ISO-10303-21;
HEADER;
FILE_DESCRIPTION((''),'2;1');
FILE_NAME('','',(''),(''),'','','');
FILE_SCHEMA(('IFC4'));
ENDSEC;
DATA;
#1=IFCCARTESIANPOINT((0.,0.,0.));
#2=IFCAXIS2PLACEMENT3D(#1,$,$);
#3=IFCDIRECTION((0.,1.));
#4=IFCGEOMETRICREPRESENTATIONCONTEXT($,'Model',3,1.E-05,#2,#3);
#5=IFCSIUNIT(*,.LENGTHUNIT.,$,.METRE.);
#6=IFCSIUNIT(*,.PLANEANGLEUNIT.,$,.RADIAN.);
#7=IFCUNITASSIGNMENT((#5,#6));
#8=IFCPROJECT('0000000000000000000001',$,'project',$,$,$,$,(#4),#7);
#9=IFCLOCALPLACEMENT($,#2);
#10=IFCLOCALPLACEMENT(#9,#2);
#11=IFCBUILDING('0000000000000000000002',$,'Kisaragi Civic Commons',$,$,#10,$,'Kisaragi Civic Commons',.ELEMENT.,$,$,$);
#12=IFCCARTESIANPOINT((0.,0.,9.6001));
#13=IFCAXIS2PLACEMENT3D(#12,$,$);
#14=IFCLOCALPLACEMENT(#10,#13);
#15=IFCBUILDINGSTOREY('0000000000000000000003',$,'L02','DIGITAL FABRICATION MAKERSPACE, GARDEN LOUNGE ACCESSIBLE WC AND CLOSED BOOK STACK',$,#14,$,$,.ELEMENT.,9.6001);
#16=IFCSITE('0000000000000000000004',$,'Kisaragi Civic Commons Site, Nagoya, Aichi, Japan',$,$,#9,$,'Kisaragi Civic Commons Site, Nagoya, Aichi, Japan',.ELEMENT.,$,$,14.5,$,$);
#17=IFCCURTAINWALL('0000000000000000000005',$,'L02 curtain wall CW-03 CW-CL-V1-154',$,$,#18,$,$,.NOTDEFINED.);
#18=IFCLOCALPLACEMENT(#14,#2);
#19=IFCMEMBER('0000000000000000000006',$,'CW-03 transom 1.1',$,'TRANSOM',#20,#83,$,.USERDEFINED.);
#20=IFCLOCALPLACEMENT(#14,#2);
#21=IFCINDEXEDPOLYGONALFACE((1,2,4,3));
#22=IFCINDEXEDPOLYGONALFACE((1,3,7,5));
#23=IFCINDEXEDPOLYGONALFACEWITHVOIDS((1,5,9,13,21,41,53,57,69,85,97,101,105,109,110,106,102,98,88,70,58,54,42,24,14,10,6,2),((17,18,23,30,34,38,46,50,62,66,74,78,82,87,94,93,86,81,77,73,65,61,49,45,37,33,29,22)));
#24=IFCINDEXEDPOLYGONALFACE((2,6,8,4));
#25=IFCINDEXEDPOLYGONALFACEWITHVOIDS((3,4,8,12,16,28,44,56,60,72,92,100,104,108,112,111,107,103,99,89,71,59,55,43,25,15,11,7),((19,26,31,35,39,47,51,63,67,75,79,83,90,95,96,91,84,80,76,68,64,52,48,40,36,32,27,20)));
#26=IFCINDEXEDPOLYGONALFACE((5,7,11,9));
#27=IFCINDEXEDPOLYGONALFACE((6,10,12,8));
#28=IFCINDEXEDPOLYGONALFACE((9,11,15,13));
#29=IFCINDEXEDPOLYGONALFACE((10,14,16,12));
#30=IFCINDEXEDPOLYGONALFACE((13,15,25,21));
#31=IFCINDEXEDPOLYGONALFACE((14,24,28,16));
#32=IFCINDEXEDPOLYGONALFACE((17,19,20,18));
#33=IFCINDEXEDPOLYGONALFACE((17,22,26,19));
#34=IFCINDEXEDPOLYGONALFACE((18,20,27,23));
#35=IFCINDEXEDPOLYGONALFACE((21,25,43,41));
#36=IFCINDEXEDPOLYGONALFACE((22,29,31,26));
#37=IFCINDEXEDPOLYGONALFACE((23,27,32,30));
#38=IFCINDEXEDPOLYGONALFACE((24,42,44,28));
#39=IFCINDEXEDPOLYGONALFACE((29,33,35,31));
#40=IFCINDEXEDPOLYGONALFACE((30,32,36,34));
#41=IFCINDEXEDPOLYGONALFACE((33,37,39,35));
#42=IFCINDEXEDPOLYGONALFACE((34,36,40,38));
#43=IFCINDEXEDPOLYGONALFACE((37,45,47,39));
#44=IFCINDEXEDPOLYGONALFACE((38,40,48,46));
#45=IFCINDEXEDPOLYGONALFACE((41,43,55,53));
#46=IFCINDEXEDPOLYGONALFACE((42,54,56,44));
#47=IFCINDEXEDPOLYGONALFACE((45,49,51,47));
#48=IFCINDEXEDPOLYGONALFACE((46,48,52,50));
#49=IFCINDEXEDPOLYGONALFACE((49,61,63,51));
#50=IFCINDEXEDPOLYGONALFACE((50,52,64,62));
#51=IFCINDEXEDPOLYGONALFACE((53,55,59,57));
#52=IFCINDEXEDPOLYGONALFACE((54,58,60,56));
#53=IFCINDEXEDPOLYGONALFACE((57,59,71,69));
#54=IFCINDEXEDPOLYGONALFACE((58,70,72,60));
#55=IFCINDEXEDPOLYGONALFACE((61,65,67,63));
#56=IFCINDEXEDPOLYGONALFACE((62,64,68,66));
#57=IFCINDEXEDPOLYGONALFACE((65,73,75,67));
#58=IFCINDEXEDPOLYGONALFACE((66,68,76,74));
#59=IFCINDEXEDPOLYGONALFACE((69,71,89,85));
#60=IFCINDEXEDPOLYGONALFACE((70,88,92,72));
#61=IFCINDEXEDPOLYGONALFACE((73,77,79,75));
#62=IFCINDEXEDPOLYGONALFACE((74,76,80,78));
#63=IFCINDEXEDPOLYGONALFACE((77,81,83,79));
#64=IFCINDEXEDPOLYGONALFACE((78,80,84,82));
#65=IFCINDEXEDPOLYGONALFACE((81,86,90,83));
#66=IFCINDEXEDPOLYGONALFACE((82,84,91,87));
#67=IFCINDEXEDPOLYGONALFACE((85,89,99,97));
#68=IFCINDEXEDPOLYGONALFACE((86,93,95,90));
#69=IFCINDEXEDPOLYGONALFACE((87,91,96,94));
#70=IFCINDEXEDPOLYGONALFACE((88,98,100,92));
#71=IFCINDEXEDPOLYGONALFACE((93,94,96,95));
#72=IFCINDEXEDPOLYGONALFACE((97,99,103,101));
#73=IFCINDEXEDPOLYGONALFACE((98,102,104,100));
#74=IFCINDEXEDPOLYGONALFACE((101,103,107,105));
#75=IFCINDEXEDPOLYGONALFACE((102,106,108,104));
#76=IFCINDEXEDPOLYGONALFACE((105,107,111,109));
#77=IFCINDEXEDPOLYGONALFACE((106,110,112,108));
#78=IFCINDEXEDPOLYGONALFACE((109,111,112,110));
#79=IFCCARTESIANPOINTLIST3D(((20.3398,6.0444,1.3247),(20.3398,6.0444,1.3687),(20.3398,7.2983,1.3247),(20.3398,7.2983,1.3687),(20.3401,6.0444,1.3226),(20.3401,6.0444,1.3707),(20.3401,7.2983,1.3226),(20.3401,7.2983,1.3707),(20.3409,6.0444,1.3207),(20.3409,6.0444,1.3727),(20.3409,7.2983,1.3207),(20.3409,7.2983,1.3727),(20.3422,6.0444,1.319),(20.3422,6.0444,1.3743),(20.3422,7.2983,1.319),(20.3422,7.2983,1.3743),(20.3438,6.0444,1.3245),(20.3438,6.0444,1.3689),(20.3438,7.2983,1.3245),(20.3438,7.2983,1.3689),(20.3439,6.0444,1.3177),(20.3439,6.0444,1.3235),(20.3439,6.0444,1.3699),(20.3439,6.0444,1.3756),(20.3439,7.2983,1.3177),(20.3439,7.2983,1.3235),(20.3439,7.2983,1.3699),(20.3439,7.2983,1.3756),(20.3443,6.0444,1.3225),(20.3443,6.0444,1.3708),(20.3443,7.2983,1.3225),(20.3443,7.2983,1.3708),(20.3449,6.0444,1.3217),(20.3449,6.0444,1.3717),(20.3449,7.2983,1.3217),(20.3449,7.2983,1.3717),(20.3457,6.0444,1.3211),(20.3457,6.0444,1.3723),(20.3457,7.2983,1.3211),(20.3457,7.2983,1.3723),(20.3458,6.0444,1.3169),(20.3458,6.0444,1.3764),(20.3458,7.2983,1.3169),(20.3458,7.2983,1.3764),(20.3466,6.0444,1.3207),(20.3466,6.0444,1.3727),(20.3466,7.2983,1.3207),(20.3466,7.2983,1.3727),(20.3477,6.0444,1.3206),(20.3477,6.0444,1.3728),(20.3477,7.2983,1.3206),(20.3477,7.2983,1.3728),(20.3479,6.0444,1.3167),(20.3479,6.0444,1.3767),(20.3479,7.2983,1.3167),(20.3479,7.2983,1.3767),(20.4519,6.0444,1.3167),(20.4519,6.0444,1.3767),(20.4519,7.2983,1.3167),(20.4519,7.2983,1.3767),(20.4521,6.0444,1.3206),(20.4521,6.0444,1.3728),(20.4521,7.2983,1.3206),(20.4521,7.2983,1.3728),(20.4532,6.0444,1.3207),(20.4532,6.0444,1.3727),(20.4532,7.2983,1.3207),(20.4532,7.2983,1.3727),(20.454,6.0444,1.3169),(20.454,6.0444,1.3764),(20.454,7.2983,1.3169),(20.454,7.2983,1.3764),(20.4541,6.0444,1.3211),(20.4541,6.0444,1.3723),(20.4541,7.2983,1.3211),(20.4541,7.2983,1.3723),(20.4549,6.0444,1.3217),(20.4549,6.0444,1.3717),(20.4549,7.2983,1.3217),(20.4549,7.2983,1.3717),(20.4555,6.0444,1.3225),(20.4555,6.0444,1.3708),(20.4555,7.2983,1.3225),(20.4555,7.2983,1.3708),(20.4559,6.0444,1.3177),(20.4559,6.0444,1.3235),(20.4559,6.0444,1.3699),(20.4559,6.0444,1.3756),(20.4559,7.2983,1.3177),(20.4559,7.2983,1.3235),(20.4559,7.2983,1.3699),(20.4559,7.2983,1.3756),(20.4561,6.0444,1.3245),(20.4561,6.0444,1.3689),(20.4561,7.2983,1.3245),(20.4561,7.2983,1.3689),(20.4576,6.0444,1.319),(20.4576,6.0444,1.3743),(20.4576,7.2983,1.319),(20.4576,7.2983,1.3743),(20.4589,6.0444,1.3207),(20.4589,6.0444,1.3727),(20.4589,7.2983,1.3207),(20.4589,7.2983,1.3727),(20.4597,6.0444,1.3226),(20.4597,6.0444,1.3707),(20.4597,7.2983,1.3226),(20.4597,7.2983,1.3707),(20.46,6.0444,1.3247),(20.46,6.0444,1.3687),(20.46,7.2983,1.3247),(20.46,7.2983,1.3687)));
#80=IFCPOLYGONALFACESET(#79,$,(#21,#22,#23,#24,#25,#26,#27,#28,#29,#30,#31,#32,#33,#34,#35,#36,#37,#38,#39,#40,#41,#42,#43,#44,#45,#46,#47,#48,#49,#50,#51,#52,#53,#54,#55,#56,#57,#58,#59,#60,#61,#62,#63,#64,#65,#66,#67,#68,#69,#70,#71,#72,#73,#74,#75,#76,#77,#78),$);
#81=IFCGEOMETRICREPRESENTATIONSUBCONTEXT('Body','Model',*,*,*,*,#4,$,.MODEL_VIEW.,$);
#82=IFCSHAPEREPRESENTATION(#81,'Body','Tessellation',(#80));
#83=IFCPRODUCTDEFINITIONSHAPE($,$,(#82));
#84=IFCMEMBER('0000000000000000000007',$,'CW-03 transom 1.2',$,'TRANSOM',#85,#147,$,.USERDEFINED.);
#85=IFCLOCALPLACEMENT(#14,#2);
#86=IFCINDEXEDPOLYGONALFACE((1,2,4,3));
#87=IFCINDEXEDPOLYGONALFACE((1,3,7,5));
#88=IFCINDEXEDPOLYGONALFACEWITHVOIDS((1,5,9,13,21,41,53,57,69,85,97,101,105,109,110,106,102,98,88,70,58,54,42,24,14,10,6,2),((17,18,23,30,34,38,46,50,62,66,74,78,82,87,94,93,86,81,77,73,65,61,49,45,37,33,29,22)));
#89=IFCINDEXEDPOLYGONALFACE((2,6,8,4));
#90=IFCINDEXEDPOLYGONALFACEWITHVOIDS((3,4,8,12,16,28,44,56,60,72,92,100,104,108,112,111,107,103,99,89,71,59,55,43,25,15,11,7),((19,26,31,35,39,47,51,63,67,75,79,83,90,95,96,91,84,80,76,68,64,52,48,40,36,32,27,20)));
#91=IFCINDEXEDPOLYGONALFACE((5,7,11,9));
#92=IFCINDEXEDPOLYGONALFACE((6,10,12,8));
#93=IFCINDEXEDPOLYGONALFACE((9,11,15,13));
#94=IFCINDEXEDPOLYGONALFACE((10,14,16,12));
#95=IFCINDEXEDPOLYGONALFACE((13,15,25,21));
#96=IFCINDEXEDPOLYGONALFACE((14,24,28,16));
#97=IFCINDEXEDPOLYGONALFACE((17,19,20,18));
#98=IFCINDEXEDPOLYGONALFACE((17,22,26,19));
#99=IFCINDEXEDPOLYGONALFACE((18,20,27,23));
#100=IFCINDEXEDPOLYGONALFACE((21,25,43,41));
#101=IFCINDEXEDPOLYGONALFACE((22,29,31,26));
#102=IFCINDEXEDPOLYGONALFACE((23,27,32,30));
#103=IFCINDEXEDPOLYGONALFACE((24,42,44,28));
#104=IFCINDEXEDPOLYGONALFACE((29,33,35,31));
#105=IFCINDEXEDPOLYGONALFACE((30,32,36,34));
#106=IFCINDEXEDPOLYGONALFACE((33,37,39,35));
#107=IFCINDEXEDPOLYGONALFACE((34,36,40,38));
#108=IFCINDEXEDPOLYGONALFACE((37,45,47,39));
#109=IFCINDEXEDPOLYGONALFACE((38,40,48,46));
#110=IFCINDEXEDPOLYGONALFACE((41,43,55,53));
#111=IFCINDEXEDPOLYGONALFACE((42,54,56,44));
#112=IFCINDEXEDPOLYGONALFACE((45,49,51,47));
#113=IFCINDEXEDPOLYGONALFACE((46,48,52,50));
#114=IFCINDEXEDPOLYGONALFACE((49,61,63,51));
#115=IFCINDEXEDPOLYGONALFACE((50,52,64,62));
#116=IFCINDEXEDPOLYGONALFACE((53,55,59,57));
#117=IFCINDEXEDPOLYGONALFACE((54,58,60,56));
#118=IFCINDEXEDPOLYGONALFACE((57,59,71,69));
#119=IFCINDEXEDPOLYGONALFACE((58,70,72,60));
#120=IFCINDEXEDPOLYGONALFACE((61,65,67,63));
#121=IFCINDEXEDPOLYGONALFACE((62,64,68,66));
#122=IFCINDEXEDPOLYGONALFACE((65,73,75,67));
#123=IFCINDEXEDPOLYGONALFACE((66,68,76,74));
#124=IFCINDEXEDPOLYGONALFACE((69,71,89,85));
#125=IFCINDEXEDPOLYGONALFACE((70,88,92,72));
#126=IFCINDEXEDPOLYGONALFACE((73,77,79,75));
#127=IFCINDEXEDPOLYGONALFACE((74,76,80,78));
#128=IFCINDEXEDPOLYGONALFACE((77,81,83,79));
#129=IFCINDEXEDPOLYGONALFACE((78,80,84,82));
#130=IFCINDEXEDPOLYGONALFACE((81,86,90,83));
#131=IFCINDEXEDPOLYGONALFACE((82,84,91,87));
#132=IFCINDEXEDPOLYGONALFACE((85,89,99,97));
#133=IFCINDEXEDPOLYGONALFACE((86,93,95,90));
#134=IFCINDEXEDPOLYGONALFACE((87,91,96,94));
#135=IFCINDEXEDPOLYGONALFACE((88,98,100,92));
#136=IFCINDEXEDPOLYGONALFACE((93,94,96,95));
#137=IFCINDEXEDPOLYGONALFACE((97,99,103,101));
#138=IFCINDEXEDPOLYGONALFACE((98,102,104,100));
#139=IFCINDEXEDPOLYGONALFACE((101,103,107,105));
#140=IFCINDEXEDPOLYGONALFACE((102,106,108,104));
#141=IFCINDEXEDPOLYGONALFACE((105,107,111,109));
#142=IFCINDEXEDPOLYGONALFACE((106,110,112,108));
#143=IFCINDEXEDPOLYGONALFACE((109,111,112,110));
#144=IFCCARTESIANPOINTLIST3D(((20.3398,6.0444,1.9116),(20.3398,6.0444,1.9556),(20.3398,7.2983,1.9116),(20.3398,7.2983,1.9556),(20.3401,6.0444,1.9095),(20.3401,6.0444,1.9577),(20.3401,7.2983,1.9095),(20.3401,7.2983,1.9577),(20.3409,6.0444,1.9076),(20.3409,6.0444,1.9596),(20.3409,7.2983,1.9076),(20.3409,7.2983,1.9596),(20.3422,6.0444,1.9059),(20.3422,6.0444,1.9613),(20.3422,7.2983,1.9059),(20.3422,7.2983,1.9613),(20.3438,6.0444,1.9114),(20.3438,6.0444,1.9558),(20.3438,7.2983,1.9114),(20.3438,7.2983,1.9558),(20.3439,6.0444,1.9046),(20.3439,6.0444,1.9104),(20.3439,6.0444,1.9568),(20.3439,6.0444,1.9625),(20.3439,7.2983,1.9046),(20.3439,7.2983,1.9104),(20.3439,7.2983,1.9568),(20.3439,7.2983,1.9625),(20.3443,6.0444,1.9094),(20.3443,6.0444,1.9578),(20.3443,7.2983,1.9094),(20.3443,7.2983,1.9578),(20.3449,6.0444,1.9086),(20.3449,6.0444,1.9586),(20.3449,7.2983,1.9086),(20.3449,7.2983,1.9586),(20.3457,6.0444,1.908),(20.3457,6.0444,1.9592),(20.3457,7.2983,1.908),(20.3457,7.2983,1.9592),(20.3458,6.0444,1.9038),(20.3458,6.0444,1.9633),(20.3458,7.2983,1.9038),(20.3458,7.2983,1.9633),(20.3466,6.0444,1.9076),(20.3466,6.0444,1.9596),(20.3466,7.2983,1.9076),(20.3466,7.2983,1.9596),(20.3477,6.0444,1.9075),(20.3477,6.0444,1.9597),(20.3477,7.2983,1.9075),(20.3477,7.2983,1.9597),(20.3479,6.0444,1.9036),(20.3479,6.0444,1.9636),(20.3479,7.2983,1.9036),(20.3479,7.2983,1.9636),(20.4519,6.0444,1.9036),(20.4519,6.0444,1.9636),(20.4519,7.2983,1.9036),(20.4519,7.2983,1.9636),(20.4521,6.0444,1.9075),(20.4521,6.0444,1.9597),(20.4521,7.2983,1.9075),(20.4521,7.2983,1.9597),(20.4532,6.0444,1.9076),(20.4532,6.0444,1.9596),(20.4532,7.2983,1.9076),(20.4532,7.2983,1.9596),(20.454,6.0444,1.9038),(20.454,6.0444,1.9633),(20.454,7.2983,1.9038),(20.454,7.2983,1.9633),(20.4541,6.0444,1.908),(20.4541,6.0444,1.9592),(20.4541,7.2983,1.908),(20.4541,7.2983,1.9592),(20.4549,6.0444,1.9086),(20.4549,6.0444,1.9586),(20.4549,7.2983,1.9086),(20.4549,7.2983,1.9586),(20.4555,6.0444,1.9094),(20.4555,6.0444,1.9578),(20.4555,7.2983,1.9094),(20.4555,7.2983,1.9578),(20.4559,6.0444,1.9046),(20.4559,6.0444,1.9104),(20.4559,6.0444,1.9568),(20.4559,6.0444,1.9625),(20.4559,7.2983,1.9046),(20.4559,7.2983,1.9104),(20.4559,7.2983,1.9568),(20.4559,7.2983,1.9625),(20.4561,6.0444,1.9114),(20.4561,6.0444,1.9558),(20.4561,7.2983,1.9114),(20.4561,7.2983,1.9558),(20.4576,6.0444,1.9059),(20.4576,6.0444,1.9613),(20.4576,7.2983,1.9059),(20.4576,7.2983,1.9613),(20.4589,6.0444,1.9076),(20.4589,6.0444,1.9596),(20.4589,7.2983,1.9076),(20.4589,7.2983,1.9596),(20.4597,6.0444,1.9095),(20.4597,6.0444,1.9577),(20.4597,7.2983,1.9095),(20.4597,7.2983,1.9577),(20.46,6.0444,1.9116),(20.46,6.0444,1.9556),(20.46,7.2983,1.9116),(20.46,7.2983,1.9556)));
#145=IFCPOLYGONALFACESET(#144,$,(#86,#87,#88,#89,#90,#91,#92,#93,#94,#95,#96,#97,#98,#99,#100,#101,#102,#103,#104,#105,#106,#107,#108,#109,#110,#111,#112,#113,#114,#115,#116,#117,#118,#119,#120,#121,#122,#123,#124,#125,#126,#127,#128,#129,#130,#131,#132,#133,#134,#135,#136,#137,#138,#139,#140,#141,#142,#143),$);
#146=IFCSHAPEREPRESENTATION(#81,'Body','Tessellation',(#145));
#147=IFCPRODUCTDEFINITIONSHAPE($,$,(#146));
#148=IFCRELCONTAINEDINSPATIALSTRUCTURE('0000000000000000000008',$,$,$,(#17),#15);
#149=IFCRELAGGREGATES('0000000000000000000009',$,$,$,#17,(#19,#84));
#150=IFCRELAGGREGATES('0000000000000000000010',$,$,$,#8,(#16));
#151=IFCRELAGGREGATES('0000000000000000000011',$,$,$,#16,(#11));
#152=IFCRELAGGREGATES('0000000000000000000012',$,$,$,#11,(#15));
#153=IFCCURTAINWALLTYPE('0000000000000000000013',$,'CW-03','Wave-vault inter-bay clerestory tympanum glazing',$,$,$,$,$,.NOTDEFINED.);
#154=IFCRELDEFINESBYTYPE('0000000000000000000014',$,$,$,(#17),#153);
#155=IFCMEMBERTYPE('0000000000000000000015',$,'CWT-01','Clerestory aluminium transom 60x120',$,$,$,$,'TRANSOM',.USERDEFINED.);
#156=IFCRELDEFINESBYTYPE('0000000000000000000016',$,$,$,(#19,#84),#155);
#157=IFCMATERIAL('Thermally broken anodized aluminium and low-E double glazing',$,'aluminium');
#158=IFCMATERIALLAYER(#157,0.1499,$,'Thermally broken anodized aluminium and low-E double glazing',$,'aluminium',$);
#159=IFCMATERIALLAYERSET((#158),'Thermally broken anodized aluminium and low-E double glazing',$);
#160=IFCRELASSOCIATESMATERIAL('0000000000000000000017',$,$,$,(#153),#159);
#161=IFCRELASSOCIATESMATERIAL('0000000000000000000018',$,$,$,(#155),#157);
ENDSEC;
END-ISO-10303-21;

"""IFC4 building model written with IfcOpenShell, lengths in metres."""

from ifc_helpers import new_model, si_unit, direction, frame, origin, origin_2d, place, context, subcontext, project, spatial, hollow_rectangle, extrude, material, layer, layer_set, material_profile, profile_set, type_object, element, aggregate, save


model = new_model("IFC4")

# Units and contexts
model_context = context("Model", 3, precision=1e-05, world=origin(), true_north=direction((0.0, 1.0)))
body_context = subcontext(model_context, "Body", "Model", "MODEL_VIEW")
ifc_project = project(units=[si_unit("LENGTHUNIT", "METRE"), si_unit("PLANEANGLEUNIT", "RADIAN")], contexts=[model_context])

# Site, building, storey
site_placement = place(None, origin())
site = spatial("IfcSite", under=ifc_project, at=site_placement, Name="Kisaragi Civic Commons Site, Nagoya, Aichi, Japan", LongName="Kisaragi Civic Commons Site, Nagoya, Aichi, Japan", CompositionType="ELEMENT", RefElevation=14.5)
building_placement = place(site_placement, origin())
building = spatial("IfcBuilding", under=site, at=building_placement, Name="Kisaragi Civic Commons", LongName="Kisaragi Civic Commons", CompositionType="ELEMENT")
storey_placement = place(building_placement, frame((0.0, 0.0, 9.6001)))
storey = spatial("IfcBuildingStorey", under=building, at=storey_placement, Name="L02", Description="DIGITAL FABRICATION MAKERSPACE, GARDEN LOUNGE ACCESSIBLE WC AND CLOSED BOOK STACK", CompositionType="ELEMENT", Elevation=9.6001)

# Shared definitions
ifc_material_1 = material(Name="Thermally broken anodized aluminium and low-E double glazing", Category="aluminium")
ifc_layer_1 = layer(ifc_material_1, 0.1499, Name="Thermally broken anodized aluminium and low-E double glazing", Category="aluminium")
ifc_layer_set_1 = layer_set([ifc_layer_1], Name="Thermally broken anodized aluminium and low-E double glazing")
curtain_wall_type = type_object("IfcCurtainWallType", Name="CW-03", Description="Wave-vault inter-bay clerestory tympanum glazing", PredefinedType="NOTDEFINED", material=ifc_layer_set_1)

# Curtain wall
curtain_wall_1_placement = place(storey_placement, origin())
curtain_wall_1 = element("IfcCurtainWall", 1, at=curtain_wall_1_placement, inside=storey, type_object=curtain_wall_type, Name="L02 curtain wall CW-03 CW-CL-V1-154", PredefinedType="NOTDEFINED")

# Members
ifc_material_profile_1 = material_profile(ifc_material_1, hollow_rectangle(XDim=0.1201, YDim=0.0601, WallThickness=0.0039, InnerFilletRadius=0.0039, OuterFilletRadius=0.0081, at=origin_2d()), Name="CWT-60x120x4", Category="aluminium")
ifc_profile_set_1 = profile_set([ifc_material_profile_1], Name="Thermally broken anodized aluminium and low-E double glazing")
member_type_1 = type_object("IfcMemberType", Name="CWT-01", Description="Clerestory aluminium transom 60x120", ElementType="TRANSOM", PredefinedType="USERDEFINED", material=ifc_profile_set_1)
member_1_placement = place(storey_placement, frame((20.3999, 6.0444, 1.3467), z_axis=(0.0, 1.0, 0.0), x_axis=(-1.0, 0.0, 0.0)))
member_1 = element("IfcMember", 2, at=member_1_placement, type_object=member_type_1, Name="CW-03 transom 1.1", ObjectType="TRANSOM", PredefinedType="USERDEFINED", context=body_context, shape_type="SweptSolid", body=[
    extrude(hollow_rectangle(XDim=0.1201, YDim=0.0601, WallThickness=0.0039, InnerFilletRadius=0.0039, OuterFilletRadius=0.0081, at=origin_2d()), origin(), (0.0, 0.0, 1.0), 1.2539),
])
member_2_placement = place(storey_placement, frame((20.3999, 6.0444, 1.9336), z_axis=(0.0, 1.0, 0.0), x_axis=(-1.0, 0.0, 0.0)))
member_2 = element("IfcMember", 3, at=member_2_placement, type_object=member_type_1, Name="CW-03 transom 1.2", ObjectType="TRANSOM", PredefinedType="USERDEFINED", context=body_context, shape_type="SweptSolid", body=[
    extrude(hollow_rectangle(XDim=0.1201, YDim=0.0601, WallThickness=0.0039, InnerFilletRadius=0.0039, OuterFilletRadius=0.0081, at=origin_2d()), origin(), (0.0, 0.0, 1.0), 1.2539),
])
aggregate(curtain_wall_1, [member_1, member_2])

save(model, "model.ifc")
